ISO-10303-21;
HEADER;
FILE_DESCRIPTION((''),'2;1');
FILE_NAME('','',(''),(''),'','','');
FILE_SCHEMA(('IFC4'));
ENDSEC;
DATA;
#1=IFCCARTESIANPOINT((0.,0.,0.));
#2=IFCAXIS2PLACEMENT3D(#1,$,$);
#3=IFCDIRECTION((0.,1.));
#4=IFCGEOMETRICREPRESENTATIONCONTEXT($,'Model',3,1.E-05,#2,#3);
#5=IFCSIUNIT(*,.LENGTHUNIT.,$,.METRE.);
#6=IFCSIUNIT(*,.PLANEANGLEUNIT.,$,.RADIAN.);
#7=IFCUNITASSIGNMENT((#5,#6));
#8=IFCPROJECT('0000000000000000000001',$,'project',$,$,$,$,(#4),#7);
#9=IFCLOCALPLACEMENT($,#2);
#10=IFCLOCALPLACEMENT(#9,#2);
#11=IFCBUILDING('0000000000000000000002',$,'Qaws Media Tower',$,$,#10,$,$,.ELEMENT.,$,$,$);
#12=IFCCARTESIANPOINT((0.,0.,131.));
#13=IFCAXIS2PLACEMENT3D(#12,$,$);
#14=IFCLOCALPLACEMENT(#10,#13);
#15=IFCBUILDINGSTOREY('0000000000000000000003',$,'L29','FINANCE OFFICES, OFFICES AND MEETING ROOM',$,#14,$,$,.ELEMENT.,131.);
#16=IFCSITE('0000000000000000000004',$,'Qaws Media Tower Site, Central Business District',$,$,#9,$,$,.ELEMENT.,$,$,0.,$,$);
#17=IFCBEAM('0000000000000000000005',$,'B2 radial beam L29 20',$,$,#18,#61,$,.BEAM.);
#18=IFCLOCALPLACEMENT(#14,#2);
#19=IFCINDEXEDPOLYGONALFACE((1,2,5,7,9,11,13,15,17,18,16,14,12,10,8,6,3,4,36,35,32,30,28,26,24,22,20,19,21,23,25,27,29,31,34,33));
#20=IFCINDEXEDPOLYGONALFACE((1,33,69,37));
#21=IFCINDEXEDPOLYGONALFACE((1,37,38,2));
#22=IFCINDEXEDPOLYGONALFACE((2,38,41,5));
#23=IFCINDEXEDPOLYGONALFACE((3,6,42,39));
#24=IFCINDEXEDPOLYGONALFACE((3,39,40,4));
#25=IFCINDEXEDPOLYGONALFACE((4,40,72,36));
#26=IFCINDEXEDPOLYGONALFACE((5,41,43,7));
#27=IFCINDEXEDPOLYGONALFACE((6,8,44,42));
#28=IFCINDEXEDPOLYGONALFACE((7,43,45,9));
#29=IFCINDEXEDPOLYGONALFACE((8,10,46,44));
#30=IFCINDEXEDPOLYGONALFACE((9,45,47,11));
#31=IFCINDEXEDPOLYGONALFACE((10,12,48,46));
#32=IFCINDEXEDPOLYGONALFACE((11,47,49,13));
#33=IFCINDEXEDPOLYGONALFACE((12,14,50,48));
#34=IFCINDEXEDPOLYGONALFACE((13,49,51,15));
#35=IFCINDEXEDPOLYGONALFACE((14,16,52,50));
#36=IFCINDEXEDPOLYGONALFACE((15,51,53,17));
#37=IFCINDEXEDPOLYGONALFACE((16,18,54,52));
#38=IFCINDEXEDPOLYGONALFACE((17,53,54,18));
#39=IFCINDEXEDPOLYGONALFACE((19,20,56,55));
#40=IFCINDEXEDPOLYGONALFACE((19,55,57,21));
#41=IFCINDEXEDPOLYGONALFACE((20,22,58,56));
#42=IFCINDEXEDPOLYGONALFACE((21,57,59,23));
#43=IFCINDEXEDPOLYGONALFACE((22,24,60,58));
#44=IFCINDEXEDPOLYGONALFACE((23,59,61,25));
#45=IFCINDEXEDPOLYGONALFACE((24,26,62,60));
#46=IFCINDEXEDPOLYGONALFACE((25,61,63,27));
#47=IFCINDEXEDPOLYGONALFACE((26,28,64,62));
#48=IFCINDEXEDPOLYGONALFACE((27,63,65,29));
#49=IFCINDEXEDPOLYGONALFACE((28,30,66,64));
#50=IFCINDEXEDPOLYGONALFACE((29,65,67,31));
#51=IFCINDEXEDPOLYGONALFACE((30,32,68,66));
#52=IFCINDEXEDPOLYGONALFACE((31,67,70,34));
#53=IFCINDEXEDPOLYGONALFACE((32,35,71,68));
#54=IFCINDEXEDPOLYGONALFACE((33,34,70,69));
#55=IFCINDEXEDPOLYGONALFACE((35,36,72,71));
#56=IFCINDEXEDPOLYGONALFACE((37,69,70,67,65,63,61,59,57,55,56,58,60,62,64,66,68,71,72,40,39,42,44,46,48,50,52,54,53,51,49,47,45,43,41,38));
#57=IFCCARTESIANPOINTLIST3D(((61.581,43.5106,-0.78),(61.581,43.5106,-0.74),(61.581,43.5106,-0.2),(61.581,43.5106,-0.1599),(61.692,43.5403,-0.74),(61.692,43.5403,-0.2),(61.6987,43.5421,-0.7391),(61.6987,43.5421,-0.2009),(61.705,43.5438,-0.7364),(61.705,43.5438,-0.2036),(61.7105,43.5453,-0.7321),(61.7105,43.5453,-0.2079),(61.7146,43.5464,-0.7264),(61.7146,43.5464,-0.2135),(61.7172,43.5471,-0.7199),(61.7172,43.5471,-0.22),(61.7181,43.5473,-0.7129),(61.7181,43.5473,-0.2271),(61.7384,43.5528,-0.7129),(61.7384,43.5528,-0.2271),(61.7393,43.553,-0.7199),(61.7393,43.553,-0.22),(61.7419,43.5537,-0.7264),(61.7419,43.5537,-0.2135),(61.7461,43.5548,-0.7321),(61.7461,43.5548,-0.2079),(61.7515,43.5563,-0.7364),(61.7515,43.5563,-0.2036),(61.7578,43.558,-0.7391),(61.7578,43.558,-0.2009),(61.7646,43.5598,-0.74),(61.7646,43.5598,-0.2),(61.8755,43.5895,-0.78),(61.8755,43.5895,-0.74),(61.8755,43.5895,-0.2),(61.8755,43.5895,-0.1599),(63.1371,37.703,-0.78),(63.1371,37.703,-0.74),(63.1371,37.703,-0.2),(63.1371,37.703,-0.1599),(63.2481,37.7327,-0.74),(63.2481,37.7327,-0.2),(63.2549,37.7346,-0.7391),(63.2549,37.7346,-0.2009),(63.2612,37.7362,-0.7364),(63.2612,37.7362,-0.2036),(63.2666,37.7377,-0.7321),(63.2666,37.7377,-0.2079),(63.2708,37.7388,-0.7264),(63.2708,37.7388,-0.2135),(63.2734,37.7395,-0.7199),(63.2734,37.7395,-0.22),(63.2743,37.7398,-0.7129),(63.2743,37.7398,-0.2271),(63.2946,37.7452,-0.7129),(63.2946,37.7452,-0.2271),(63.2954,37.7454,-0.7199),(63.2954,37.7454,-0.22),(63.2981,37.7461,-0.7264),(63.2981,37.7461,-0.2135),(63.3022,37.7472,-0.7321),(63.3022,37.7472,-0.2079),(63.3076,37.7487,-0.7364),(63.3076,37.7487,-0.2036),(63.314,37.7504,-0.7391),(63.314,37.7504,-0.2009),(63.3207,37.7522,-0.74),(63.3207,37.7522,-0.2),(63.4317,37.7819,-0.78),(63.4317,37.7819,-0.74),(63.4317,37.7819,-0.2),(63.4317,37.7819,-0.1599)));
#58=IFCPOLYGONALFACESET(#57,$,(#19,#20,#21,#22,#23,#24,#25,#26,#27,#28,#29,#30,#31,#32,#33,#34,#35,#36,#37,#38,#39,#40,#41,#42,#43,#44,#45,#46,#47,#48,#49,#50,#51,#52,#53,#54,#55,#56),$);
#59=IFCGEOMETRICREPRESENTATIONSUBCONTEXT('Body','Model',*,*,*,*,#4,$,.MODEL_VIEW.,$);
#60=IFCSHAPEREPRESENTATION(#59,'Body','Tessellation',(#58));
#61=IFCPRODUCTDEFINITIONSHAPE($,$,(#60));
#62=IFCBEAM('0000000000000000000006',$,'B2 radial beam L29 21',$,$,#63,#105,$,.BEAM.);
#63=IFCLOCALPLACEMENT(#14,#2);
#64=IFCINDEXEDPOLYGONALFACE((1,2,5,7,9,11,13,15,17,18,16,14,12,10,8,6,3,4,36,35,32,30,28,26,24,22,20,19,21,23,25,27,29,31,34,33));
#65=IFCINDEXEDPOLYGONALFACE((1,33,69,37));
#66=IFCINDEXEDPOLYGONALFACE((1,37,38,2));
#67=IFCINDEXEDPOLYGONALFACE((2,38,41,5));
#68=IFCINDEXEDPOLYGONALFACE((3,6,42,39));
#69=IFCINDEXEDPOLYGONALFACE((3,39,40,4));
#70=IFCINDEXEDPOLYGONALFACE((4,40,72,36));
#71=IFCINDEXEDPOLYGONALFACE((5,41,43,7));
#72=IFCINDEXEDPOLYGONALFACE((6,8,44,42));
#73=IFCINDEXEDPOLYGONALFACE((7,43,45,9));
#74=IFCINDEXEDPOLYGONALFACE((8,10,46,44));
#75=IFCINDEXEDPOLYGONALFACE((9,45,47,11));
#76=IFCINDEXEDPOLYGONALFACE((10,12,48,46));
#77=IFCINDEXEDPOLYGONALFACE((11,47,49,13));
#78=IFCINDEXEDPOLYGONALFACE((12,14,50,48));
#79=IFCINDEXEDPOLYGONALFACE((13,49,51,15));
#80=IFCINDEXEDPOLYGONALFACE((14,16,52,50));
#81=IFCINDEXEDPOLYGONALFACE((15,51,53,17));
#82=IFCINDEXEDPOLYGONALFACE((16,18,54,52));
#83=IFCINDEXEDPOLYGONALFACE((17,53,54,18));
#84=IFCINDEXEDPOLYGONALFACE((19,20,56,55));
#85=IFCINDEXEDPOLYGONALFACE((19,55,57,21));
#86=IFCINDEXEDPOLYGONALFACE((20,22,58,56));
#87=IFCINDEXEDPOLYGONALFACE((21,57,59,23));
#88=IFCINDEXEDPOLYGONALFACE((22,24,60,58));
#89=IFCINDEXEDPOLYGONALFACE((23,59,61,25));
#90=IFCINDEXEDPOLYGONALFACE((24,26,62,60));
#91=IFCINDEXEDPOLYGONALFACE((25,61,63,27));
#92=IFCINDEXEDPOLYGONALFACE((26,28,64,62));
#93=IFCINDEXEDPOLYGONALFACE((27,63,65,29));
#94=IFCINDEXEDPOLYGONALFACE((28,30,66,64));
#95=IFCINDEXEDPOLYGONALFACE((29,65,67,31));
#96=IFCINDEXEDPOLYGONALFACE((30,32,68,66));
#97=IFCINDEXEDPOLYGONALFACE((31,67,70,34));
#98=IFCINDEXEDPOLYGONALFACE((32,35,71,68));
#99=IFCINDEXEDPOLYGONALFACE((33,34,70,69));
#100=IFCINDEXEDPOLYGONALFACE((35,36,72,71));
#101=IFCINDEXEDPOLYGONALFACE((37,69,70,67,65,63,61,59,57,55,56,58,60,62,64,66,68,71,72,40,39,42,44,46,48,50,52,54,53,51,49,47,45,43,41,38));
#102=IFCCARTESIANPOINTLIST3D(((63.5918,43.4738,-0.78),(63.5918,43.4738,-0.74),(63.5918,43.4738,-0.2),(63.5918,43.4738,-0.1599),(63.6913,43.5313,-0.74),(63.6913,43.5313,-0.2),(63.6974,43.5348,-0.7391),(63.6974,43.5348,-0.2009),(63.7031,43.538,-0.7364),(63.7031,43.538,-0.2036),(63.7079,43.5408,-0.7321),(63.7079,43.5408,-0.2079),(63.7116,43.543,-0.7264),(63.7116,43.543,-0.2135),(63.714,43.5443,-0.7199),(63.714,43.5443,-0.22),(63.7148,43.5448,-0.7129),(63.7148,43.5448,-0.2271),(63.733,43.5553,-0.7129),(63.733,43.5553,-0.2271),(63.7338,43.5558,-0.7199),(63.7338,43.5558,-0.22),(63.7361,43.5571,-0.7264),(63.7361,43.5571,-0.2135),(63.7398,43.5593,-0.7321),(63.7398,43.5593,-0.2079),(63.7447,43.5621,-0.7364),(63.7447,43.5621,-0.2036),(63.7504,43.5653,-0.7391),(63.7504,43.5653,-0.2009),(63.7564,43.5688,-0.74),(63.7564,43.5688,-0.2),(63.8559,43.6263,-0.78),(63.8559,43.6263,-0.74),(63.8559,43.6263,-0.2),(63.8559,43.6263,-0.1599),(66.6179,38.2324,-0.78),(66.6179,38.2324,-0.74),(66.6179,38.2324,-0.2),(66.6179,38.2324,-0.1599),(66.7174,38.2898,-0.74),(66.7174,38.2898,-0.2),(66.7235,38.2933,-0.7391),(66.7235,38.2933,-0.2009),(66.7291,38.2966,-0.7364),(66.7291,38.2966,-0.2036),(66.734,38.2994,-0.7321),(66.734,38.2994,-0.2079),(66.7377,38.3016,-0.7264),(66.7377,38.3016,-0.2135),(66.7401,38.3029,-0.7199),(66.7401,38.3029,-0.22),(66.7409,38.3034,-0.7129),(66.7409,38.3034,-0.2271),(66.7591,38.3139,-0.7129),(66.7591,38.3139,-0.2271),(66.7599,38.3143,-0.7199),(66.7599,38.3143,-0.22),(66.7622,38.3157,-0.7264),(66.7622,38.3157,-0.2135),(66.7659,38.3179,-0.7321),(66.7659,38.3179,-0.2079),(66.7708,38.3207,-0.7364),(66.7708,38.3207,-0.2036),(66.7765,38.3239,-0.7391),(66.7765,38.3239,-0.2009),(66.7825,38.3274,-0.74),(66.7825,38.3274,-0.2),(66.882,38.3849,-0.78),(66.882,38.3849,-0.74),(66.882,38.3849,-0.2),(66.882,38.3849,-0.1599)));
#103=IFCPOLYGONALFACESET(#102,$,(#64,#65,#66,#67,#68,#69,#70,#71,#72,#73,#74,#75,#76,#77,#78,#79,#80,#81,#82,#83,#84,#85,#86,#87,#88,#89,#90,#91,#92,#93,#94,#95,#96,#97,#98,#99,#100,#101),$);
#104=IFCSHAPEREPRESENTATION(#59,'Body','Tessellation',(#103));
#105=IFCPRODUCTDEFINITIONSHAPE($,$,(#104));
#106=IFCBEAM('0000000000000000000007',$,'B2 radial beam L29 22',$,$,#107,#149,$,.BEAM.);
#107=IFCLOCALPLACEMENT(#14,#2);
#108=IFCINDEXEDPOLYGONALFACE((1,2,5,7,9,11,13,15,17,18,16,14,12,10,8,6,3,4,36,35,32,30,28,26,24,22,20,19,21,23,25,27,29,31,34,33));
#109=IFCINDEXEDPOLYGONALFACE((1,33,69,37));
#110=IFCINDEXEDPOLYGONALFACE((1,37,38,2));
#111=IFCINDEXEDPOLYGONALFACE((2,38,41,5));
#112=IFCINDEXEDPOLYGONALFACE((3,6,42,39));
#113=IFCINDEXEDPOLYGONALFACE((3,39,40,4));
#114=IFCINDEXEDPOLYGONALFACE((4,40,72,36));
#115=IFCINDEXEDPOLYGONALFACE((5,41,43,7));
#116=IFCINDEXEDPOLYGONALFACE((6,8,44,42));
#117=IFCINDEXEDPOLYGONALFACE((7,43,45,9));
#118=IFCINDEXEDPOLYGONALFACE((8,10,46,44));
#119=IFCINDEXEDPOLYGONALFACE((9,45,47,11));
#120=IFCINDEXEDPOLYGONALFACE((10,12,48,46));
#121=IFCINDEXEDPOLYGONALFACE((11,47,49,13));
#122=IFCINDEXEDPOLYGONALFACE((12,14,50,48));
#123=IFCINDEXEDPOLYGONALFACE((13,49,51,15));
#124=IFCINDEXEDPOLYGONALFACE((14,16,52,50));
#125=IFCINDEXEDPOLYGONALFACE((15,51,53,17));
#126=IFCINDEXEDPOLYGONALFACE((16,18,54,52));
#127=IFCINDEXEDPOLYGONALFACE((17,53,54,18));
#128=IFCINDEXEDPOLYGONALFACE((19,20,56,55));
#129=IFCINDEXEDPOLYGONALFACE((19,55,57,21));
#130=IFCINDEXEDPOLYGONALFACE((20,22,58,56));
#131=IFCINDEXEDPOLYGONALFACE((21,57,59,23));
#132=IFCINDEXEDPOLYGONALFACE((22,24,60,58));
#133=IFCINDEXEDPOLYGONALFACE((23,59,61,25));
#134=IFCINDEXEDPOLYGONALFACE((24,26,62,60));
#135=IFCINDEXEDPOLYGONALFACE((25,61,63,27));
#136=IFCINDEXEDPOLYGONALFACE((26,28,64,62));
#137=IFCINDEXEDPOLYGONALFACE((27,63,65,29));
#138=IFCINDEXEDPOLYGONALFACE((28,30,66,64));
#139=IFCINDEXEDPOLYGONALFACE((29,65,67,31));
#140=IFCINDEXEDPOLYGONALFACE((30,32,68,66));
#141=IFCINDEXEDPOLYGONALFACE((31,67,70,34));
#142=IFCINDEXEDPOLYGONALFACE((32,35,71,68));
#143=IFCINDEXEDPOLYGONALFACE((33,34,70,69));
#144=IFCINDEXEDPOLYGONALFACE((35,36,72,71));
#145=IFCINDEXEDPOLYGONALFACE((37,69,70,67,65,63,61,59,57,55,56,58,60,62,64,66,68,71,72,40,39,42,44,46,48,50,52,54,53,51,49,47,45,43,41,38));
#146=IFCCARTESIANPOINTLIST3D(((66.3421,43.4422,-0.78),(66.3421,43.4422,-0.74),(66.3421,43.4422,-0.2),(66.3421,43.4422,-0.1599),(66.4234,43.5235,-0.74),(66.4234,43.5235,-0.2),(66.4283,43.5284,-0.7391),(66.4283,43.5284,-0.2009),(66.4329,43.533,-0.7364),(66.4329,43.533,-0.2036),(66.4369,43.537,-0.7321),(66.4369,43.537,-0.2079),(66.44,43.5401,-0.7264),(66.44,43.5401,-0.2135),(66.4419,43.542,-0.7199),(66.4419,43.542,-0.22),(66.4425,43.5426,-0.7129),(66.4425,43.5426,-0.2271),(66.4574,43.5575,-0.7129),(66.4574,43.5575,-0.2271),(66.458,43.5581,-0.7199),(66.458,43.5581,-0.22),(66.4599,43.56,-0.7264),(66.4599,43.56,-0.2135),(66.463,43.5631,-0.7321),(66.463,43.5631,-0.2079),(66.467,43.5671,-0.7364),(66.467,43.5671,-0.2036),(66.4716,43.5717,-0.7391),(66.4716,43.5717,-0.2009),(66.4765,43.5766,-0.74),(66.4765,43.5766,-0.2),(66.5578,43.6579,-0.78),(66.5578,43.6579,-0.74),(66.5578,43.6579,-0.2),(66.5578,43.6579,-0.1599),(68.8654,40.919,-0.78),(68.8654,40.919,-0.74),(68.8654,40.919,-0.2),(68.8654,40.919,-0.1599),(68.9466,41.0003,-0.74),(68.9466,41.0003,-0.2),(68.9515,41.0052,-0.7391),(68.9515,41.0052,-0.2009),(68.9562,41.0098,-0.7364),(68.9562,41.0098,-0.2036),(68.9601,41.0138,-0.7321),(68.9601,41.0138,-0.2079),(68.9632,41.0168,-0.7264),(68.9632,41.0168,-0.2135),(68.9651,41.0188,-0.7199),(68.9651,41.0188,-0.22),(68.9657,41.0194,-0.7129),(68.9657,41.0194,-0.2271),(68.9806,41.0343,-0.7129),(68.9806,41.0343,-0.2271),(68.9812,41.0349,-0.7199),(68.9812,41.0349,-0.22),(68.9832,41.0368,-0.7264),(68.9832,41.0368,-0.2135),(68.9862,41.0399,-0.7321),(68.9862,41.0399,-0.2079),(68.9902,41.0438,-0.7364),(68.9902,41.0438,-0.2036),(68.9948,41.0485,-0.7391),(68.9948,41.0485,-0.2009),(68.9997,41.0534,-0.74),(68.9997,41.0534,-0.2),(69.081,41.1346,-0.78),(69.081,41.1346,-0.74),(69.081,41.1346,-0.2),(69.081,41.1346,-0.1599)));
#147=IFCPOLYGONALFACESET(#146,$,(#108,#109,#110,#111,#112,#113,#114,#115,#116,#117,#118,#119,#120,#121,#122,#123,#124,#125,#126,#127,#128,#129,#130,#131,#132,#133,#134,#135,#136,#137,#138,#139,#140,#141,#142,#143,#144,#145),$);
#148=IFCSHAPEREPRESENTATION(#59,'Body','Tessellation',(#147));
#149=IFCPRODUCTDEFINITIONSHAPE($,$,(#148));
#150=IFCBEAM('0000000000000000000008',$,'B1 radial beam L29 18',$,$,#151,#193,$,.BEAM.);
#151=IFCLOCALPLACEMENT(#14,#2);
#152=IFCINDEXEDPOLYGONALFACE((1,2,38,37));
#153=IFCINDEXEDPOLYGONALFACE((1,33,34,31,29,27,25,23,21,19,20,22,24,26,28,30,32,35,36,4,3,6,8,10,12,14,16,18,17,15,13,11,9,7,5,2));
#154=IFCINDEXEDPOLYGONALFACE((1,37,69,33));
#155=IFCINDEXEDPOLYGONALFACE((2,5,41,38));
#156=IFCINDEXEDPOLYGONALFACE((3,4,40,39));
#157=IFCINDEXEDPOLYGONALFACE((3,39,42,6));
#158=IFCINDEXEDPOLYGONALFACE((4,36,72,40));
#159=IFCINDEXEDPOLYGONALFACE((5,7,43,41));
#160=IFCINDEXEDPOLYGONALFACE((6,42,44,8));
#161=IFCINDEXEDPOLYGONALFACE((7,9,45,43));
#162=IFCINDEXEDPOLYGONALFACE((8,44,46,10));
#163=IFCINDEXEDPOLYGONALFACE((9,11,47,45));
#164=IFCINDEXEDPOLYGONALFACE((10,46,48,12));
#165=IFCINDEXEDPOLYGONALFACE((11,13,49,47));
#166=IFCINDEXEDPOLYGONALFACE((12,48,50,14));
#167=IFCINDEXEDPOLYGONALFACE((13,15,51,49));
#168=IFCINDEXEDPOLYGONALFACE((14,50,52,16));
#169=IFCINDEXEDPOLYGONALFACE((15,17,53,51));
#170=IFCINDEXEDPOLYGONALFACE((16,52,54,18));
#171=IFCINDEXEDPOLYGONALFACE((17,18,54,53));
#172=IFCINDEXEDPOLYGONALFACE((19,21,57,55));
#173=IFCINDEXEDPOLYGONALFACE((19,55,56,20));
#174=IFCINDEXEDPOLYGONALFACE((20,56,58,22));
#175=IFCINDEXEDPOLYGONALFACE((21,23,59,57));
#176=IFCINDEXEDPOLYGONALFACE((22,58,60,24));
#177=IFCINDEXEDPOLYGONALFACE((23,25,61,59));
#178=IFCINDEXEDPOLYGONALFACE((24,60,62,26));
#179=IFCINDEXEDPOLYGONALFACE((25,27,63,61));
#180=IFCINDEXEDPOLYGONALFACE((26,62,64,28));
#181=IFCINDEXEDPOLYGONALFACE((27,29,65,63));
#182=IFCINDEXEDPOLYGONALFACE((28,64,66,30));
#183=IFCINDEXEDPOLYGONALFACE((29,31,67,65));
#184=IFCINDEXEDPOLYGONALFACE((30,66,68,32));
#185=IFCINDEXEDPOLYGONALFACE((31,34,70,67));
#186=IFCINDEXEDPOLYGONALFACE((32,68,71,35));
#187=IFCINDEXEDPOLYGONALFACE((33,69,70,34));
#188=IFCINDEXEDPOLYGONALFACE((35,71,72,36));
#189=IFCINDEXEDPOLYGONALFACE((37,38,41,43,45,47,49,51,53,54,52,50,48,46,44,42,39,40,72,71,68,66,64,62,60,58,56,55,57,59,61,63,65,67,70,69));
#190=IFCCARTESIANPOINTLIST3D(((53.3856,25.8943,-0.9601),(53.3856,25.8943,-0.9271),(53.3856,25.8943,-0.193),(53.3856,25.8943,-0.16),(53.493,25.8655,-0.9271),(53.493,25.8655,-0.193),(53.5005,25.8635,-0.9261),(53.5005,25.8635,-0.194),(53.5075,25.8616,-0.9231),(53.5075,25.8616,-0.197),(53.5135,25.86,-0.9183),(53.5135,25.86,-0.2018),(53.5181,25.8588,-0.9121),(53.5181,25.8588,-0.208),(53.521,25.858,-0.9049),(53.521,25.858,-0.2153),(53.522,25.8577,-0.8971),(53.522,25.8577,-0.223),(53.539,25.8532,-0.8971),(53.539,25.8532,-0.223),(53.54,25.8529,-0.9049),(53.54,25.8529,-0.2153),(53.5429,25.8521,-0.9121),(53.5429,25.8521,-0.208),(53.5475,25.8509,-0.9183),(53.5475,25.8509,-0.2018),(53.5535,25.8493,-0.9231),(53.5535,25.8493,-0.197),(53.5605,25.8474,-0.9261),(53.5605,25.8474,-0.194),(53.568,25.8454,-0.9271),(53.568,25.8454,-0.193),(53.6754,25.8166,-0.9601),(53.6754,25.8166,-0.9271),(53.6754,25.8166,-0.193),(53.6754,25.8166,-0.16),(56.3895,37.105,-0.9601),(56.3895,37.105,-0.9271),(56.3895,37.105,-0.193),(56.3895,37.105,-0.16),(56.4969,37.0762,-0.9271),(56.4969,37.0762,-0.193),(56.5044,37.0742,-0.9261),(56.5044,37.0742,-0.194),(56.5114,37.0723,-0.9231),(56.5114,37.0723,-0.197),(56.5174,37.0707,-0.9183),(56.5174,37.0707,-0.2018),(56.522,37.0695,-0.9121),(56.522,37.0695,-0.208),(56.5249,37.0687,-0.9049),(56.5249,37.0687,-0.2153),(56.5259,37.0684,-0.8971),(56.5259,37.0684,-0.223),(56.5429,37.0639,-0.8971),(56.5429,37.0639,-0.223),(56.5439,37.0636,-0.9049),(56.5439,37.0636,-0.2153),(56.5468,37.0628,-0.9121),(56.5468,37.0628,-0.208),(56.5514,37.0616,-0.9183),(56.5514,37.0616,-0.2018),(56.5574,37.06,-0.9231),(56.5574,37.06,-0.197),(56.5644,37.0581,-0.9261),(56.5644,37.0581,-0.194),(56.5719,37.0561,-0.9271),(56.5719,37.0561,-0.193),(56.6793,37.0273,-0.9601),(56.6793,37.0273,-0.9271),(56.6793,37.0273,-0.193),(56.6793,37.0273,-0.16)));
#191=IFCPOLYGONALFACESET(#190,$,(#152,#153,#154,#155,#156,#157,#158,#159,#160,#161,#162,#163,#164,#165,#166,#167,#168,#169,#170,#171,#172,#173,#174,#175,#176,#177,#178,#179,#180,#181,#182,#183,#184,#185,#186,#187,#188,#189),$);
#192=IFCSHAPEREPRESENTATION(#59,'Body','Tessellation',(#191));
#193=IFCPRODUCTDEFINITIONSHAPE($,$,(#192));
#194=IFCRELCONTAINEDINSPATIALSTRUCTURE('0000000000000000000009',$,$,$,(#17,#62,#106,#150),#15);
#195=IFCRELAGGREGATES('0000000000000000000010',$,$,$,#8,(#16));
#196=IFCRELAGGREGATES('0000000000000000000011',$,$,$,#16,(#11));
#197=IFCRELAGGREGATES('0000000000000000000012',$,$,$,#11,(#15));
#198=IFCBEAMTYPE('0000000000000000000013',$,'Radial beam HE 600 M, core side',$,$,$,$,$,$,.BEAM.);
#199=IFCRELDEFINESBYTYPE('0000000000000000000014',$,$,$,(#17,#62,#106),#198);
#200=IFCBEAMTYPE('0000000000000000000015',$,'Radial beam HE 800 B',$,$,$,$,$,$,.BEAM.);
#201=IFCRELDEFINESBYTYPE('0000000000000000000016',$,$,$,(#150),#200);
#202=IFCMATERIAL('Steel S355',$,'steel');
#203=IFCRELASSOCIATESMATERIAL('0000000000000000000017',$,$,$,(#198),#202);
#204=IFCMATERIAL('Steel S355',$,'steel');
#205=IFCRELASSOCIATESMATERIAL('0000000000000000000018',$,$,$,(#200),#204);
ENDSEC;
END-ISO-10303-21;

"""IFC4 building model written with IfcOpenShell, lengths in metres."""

from ifc_helpers import new_model, si_unit, direction, frame, origin, origin_2d, place, context, subcontext, project, spatial, i_section, extrude, material, material_profile, profile_set, type_object, element, save


model = new_model("IFC4")

# Units and contexts
model_context = context("Model", 3, precision=1e-05, world=origin(), true_north=direction((0.0, 1.0)))
body_context = subcontext(model_context, "Body", "Model", "MODEL_VIEW")
ifc_project = project(units=[si_unit("LENGTHUNIT", "METRE"), si_unit("PLANEANGLEUNIT", "RADIAN")], contexts=[model_context])

# Site, building, storey
site_placement = place(None, origin())
site = spatial("IfcSite", under=ifc_project, at=site_placement, Name="Qaws Media Tower Site, Central Business District", CompositionType="ELEMENT", RefElevation=0.0)
building_placement = place(site_placement, origin())
building = spatial("IfcBuilding", under=site, at=building_placement, Name="Qaws Media Tower", CompositionType="ELEMENT")
storey_placement = place(building_placement, frame((0.0, 0.0, 131.0)))
storey = spatial("IfcBuildingStorey", under=building, at=storey_placement, Name="L29", Description="FINANCE OFFICES, OFFICES AND MEETING ROOM", CompositionType="ELEMENT", Elevation=131.0)

# Beams
ifc_material_1 = material(Name="Steel S355", Category="steel")
ifc_material_profile_1 = material_profile(ifc_material_1, i_section(OverallWidth=0.3049, OverallDepth=0.6201, WebThickness=0.021, FlangeThickness=0.04, FilletRadius=0.0271, at=origin_2d()), Name="HE 600 M")
ifc_profile_set_1 = profile_set([ifc_material_profile_1], Name="Steel S355")
beam_type_1 = type_object("IfcBeamType", Name="Radial beam HE 600 M, core side", PredefinedType="BEAM", material=ifc_profile_set_1)
beam_1_placement = place(storey_placement, frame((61.7283, 43.55, -0.47), z_axis=(0.25882, -0.965926, 0.0), x_axis=(0.965926, 0.25882, 0.0)))
element("IfcBeam", 1, at=beam_1_placement, inside=storey, type_object=beam_type_1, Name="B2 radial beam L29 20", PredefinedType="BEAM", context=body_context, shape_type="SweptSolid", body=[
    extrude(i_section(OverallWidth=0.3049, OverallDepth=0.6201, WebThickness=0.021, FlangeThickness=0.04, FilletRadius=0.0271, at=origin_2d()), origin(), (0.0, 0.0, 1.0), 6.0125),
])
beam_2_placement = place(storey_placement, frame((63.7239, 43.55, -0.47), z_axis=(0.499996, -0.866028, 0.0), x_axis=(0.866028, 0.499996, 0.0)))
element("IfcBeam", 2, at=beam_2_placement, inside=storey, type_object=beam_type_1, Name="B2 radial beam L29 21", PredefinedType="BEAM", context=body_context, shape_type="SweptSolid", body=[
    extrude(i_section(OverallWidth=0.3049, OverallDepth=0.6201, WebThickness=0.021, FlangeThickness=0.04, FilletRadius=0.0271, at=origin_2d()), origin(), (0.0, 0.0, 1.0), 6.0522),
])
beam_3_placement = place(storey_placement, frame((66.45, 43.55, -0.47), z_axis=(0.707107, -0.707107, 0.0), x_axis=(0.707107, 0.707107, 0.0)))
element("IfcBeam", 3, at=beam_3_placement, inside=storey, type_object=beam_type_1, Name="B2 radial beam L29 22", PredefinedType="BEAM", context=body_context, shape_type="SweptSolid", body=[
    extrude(i_section(OverallWidth=0.3049, OverallDepth=0.6201, WebThickness=0.021, FlangeThickness=0.04, FilletRadius=0.0271, at=origin_2d()), origin(), (0.0, 0.0, 1.0), 3.5684),
])
ifc_material_2 = material(Name="Steel S355", Category="steel")
ifc_material_profile_2 = material_profile(ifc_material_2, i_section(OverallWidth=0.3, OverallDepth=0.8, WebThickness=0.0176, FlangeThickness=0.033, FilletRadius=0.03, at=origin_2d()), Name="HE 800 B")
ifc_profile_set_2 = profile_set([ifc_material_profile_2], Name="Steel S355")
beam_type_2 = type_object("IfcBeamType", Name="Radial beam HE 800 B", PredefinedType="BEAM", material=ifc_profile_set_2)
beam_4_placement = place(storey_placement, frame((56.5344, 37.0662, -0.5601), z_axis=(-0.25882, -0.965926, 0.0), x_axis=(0.965926, -0.25882, 0.0)))
element("IfcBeam", 4, at=beam_4_placement, inside=storey, type_object=beam_type_2, Name="B1 radial beam L29 18", PredefinedType="BEAM", context=body_context, shape_type="SweptSolid", body=[
    extrude(i_section(OverallWidth=0.3, OverallDepth=0.8, WebThickness=0.0176, FlangeThickness=0.033, FilletRadius=0.03, at=origin_2d()), origin(), (0.0, 0.0, 1.0), 11.6062),
])

save(model, "model.ifc")
